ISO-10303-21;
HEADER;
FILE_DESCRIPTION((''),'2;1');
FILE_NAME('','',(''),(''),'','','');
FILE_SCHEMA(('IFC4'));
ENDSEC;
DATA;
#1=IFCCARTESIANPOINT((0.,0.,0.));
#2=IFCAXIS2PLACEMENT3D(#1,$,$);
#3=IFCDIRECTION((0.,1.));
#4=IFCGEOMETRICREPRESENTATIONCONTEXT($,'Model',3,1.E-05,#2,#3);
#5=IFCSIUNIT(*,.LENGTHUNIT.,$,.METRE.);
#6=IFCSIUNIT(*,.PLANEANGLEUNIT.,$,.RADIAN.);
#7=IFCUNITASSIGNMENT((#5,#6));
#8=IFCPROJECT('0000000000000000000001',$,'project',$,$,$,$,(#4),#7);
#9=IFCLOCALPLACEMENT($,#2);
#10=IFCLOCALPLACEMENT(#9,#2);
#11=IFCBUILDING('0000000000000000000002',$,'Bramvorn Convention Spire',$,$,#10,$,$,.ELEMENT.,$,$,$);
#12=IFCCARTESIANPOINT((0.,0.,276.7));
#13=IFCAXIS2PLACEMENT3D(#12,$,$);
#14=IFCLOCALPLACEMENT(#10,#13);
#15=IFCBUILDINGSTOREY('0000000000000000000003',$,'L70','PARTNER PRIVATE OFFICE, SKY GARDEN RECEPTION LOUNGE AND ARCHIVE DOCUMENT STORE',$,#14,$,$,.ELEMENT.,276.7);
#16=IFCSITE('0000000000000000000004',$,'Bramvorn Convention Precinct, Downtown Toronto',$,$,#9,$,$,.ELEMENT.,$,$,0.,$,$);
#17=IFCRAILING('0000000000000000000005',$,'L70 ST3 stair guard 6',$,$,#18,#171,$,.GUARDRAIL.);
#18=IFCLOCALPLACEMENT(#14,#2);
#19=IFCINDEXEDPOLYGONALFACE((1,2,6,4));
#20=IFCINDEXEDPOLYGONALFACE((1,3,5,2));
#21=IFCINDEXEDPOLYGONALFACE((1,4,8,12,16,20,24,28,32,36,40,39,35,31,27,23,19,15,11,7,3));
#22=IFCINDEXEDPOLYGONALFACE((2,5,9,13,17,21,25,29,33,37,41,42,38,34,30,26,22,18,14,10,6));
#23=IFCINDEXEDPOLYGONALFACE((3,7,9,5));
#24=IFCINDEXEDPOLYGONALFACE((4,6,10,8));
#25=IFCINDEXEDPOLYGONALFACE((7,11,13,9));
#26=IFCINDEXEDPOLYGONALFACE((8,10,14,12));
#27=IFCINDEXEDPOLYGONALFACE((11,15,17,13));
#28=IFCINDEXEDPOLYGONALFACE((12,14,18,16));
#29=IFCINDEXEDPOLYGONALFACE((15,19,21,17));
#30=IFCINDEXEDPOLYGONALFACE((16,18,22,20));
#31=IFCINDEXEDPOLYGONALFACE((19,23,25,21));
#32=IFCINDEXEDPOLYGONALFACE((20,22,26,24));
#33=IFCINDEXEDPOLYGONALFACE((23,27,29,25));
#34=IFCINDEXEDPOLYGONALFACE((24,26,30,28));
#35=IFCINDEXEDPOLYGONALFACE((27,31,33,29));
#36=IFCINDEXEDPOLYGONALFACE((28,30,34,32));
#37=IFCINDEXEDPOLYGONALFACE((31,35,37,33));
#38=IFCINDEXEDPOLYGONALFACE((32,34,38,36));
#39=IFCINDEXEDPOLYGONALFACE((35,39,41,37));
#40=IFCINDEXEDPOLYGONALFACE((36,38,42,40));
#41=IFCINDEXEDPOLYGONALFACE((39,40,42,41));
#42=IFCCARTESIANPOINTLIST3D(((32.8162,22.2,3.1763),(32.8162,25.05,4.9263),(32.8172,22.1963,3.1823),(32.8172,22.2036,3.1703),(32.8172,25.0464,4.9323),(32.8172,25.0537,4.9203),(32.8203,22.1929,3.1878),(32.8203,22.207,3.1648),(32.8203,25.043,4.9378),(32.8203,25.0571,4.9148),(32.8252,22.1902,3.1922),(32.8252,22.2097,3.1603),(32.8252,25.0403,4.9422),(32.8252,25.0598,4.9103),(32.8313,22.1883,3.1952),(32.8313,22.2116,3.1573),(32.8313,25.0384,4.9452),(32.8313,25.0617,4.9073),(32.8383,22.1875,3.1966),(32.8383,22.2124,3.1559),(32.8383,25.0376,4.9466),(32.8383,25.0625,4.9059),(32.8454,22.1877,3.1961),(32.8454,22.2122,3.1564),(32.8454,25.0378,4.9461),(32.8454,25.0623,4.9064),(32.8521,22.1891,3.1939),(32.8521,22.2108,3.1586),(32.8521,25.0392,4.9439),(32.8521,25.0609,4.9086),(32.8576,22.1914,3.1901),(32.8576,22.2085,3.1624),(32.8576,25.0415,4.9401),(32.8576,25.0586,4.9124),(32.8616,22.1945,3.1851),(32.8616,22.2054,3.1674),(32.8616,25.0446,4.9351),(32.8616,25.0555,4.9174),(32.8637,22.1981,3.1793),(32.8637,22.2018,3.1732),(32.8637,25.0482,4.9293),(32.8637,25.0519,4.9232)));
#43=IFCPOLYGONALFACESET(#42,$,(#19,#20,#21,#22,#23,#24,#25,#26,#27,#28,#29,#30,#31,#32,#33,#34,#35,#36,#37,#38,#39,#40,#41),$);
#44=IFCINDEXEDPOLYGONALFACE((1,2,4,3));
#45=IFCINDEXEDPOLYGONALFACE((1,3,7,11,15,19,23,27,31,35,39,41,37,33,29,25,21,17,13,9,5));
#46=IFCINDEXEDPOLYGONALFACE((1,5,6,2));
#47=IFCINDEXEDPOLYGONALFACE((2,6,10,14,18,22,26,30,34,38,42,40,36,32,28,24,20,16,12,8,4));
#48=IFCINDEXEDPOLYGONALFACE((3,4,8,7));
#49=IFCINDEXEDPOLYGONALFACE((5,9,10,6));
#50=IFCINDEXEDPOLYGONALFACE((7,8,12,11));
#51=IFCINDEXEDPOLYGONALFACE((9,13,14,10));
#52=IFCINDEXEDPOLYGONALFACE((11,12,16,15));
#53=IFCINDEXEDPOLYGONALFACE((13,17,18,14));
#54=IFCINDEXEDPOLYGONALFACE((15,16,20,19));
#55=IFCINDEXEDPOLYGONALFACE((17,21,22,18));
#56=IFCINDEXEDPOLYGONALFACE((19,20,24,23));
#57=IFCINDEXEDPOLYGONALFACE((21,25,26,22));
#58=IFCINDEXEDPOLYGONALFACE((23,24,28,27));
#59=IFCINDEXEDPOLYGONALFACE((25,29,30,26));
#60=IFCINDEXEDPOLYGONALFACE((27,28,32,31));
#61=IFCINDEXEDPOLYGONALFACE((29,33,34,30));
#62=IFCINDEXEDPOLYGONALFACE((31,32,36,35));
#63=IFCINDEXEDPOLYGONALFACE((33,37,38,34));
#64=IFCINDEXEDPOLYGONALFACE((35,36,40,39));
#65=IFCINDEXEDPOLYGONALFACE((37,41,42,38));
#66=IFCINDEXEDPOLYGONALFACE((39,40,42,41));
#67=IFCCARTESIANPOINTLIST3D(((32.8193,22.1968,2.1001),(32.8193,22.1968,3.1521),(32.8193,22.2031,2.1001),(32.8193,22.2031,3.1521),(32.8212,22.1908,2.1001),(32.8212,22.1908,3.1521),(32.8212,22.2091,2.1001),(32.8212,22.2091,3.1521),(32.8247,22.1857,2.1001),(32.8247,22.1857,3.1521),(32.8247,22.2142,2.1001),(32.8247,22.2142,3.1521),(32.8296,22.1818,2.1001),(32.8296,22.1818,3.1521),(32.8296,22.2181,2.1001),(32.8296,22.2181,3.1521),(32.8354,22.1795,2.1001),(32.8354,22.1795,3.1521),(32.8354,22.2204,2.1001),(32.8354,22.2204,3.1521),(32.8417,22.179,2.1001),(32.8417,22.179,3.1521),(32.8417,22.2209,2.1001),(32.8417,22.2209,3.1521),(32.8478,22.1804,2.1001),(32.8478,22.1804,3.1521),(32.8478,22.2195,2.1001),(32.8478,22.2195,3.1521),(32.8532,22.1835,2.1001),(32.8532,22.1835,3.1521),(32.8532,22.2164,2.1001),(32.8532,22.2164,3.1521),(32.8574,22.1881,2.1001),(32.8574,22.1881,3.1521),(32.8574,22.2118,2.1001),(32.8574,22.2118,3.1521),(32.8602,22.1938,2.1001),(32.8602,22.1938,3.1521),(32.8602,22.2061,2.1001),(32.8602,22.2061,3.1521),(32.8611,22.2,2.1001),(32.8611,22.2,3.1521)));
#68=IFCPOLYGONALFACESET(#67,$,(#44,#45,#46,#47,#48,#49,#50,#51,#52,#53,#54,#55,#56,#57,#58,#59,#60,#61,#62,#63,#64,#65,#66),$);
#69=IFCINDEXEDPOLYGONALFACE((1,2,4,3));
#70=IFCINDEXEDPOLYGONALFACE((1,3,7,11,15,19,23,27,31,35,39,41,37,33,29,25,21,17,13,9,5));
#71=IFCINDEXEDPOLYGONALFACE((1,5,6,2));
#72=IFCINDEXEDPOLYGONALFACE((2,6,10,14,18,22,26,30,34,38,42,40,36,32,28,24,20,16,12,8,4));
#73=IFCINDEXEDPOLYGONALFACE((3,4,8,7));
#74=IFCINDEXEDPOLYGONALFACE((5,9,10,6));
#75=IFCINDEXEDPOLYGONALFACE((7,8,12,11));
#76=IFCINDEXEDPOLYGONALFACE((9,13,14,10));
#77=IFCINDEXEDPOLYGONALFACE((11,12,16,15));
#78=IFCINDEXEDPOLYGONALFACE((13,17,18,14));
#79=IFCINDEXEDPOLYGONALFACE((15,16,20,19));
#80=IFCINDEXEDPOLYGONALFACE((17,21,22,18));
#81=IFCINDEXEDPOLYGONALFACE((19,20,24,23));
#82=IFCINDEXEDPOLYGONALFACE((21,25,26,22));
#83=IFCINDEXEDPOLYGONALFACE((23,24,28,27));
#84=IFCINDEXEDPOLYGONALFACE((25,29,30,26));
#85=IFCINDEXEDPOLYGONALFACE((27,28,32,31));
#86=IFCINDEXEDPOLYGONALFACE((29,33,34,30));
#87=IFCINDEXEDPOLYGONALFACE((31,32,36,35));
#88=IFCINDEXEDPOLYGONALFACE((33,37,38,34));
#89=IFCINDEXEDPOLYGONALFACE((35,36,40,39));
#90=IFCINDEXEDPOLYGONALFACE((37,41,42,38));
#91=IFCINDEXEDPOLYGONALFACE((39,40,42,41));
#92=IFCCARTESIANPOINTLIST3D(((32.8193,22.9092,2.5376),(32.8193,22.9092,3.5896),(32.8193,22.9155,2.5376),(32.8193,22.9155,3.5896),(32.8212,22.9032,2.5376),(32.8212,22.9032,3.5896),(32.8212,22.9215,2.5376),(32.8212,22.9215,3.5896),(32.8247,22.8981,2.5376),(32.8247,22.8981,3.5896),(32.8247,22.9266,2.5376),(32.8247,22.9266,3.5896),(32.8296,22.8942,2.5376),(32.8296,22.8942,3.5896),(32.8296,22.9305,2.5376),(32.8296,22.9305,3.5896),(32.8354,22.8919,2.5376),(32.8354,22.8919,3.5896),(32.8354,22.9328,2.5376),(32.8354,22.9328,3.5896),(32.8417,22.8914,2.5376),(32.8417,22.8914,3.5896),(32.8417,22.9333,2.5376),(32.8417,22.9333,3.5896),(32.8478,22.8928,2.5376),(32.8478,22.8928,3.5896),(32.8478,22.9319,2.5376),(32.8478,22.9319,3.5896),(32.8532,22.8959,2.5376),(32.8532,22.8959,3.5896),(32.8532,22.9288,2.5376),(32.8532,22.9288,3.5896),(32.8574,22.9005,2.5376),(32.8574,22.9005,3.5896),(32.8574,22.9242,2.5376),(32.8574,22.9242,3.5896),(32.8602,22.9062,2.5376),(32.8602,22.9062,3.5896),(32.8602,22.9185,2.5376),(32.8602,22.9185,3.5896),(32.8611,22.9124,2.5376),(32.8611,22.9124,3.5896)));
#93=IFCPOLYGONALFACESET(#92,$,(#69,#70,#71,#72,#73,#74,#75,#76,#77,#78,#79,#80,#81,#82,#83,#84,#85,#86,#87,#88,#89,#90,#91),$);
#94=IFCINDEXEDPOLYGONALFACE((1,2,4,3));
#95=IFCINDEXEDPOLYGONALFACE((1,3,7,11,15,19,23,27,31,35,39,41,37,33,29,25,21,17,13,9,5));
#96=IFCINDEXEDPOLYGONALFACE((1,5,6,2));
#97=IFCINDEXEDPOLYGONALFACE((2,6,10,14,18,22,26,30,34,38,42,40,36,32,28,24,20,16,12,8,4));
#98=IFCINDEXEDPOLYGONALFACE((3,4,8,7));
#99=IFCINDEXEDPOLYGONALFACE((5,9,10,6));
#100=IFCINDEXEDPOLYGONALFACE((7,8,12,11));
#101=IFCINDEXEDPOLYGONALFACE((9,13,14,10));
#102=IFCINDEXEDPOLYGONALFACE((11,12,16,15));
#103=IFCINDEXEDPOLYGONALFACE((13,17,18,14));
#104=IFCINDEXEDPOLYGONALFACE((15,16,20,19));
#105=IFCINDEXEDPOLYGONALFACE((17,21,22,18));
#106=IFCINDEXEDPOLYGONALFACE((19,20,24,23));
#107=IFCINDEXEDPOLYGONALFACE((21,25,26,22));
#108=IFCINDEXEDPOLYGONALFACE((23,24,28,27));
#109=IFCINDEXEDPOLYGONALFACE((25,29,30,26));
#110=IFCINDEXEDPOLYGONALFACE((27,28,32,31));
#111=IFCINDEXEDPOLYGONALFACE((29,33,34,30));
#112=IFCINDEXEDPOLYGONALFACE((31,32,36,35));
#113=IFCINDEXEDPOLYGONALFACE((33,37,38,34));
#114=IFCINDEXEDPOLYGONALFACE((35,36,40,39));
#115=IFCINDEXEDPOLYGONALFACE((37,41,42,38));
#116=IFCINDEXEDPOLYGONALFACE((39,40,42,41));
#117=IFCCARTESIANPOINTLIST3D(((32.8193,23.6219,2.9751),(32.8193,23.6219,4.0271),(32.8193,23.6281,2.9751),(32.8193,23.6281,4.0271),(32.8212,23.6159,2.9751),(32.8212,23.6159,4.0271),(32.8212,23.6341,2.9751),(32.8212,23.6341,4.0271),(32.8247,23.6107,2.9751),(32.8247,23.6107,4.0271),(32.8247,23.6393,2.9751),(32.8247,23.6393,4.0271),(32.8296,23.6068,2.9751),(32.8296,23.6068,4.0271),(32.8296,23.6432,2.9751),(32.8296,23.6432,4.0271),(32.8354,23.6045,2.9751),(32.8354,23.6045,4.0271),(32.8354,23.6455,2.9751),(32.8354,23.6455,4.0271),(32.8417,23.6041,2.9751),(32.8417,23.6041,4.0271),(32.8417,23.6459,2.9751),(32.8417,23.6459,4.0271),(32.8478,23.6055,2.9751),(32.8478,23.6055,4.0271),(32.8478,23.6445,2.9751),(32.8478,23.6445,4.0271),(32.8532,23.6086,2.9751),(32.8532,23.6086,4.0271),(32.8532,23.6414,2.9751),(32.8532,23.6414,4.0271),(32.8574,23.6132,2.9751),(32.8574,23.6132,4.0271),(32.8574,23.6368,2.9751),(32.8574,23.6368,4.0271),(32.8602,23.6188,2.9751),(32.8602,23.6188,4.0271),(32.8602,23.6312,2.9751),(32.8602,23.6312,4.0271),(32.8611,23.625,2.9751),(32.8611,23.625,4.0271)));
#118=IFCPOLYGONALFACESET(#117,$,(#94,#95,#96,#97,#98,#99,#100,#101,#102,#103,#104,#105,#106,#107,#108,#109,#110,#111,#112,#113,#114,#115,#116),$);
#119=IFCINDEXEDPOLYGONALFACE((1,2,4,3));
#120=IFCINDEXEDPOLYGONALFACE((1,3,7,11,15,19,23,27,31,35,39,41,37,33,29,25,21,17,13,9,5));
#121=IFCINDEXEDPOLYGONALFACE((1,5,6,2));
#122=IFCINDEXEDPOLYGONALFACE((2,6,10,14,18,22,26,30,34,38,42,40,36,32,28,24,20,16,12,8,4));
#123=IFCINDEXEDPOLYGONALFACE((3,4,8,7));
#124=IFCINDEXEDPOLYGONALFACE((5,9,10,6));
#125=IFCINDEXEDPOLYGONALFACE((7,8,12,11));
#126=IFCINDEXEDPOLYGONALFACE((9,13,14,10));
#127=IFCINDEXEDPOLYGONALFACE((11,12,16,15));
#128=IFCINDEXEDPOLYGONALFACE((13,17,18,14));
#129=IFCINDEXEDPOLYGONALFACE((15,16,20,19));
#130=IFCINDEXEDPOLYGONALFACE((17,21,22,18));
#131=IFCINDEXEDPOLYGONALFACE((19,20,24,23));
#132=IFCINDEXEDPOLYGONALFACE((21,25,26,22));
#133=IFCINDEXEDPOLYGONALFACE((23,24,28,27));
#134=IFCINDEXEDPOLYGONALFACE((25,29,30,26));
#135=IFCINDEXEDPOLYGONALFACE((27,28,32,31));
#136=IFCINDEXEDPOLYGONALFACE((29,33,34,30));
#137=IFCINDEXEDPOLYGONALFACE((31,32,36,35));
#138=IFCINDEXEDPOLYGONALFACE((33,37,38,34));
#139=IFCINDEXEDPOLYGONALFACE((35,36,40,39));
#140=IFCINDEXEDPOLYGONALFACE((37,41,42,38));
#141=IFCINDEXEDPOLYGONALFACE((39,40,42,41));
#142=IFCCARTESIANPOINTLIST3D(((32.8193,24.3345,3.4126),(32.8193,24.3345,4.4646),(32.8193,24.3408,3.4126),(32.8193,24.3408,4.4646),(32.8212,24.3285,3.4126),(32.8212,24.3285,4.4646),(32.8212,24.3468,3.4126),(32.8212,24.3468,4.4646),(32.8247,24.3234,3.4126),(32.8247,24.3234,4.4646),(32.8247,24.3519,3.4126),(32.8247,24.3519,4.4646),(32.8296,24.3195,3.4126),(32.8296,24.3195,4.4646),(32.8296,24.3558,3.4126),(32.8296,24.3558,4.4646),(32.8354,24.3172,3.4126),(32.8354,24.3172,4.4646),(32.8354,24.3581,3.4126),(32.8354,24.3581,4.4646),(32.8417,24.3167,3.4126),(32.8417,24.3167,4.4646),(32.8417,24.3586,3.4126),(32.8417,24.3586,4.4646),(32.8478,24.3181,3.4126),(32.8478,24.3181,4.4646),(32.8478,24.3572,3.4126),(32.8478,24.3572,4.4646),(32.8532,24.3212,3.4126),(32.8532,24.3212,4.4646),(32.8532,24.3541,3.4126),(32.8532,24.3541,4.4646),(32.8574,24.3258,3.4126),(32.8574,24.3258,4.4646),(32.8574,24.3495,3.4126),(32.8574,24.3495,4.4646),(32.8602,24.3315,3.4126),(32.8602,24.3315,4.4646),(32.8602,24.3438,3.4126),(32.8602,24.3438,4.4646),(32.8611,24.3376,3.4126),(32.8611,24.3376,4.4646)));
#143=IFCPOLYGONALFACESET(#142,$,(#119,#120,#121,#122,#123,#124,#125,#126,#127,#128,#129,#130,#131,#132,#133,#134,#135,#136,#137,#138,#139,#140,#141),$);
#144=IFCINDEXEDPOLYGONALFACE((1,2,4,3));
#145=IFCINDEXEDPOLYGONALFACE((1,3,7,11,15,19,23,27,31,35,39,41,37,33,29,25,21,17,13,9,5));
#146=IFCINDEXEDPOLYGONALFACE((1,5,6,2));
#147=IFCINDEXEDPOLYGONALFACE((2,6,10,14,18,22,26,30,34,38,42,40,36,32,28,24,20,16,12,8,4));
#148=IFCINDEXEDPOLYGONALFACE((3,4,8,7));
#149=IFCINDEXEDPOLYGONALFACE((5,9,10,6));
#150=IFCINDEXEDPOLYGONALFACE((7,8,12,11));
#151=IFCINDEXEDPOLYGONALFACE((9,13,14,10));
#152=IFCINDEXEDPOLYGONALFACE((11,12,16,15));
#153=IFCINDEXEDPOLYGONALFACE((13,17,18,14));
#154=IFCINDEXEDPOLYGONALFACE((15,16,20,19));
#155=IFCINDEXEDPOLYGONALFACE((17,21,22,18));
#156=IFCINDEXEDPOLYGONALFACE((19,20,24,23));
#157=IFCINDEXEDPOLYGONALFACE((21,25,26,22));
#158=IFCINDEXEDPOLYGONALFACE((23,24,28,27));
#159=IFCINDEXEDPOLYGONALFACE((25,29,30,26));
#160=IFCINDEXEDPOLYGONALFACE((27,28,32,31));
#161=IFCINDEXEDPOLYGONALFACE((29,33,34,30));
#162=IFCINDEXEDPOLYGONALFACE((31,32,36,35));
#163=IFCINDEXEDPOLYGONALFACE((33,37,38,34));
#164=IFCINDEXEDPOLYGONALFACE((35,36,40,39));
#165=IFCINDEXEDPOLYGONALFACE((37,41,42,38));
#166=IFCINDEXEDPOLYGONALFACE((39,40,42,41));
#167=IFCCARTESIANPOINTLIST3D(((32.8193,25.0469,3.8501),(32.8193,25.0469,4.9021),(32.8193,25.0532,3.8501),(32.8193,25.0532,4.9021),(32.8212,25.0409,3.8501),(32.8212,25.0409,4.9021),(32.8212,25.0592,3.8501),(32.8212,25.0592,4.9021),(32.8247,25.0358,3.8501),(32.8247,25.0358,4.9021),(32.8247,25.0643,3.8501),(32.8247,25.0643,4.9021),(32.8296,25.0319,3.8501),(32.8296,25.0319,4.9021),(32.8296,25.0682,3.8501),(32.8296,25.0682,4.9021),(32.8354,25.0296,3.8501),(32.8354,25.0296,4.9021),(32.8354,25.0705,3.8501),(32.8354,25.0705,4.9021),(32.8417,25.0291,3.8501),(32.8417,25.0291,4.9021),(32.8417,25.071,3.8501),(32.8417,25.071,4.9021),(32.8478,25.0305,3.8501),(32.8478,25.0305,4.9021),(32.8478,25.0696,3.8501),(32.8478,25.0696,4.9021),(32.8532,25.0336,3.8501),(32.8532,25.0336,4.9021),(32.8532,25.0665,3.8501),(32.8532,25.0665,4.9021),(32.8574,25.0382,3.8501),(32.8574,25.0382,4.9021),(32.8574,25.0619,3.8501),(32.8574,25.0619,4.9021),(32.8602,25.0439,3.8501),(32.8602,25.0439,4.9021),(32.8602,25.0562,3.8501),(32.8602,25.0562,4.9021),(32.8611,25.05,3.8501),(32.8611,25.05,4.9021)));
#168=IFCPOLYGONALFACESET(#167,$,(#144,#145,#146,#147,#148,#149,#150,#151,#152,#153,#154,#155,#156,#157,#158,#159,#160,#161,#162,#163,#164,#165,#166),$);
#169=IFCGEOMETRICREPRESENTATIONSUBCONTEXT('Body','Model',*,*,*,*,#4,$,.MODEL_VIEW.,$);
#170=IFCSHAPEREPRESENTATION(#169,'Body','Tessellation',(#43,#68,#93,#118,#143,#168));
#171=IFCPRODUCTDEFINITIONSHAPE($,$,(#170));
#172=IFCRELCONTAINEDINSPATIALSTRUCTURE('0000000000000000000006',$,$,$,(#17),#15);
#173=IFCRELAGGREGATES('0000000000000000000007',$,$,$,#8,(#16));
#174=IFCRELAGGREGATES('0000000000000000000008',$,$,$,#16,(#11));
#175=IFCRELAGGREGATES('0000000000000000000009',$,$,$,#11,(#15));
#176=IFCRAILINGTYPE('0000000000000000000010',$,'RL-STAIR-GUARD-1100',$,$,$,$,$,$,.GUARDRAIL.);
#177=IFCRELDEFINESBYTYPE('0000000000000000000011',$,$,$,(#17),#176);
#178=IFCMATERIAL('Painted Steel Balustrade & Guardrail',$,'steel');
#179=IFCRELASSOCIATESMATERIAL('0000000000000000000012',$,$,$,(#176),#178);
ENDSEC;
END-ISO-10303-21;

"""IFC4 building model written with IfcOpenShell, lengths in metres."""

from ifc_helpers import new_model, si_unit, direction, frame, origin, origin_2d, place, context, subcontext, project, spatial, circle, extrude, material, type_object, element, save


model = new_model("IFC4")

# Units and contexts
model_context = context("Model", 3, precision=1e-05, world=origin(), true_north=direction((0.0, 1.0)))
body_context = subcontext(model_context, "Body", "Model", "MODEL_VIEW")
ifc_project = project(units=[si_unit("LENGTHUNIT", "METRE"), si_unit("PLANEANGLEUNIT", "RADIAN")], contexts=[model_context])

# Site, building, storey
site_placement = place(None, origin())
site = spatial("IfcSite", under=ifc_project, at=site_placement, Name="Bramvorn Convention Precinct, Downtown Toronto", CompositionType="ELEMENT", RefElevation=0.0)
building_placement = place(site_placement, origin())
building = spatial("IfcBuilding", under=site, at=building_placement, Name="Bramvorn Convention Spire", CompositionType="ELEMENT")
storey_placement = place(building_placement, frame((0.0, 0.0, 276.7)))
storey = spatial("IfcBuildingStorey", under=building, at=storey_placement, Name="L70", Description="PARTNER PRIVATE OFFICE, SKY GARDEN RECEPTION LOUNGE AND ARCHIVE DOCUMENT STORE", CompositionType="ELEMENT", Elevation=276.7)

# Railing
ifc_material_1 = material(Name="Painted Steel Balustrade & Guardrail", Category="steel")
railing_type_1 = type_object("IfcRailingType", Name="RL-STAIR-GUARD-1100", PredefinedType="GUARDRAIL", material=ifc_material_1)
railing_1_placement = place(storey_placement, frame((32.8401, 22.2, 2.1001)))
element("IfcRailing", 1, at=railing_1_placement, inside=storey, type_object=railing_type_1, Name="L70 ST3 stair guard 6", PredefinedType="GUARDRAIL", context=body_context, shape_type="SweptSolid", body=[
    extrude(circle(Radius=0.0239, at=origin_2d()), frame((0.0, 0.0, 1.0762), z_axis=(0.0, 0.852179, 0.52325), x_axis=(-1.0, 0.0, 0.0)), (0.0, 0.0, 1.0), 3.3445),
    extrude(circle(Radius=0.021, at=origin_2d()), origin(), (0.0, 0.0, 1.0), 1.052),
    extrude(circle(Radius=0.021, at=origin_2d()), frame((0.0, 0.7124, 0.4375)), (0.0, 0.0, 1.0), 1.052),
    extrude(circle(Radius=0.021, at=origin_2d()), frame((0.0, 1.425, 0.875)), (0.0, 0.0, 1.0), 1.052),
    extrude(circle(Radius=0.021, at=origin_2d()), frame((0.0, 2.1377, 1.3125)), (0.0, 0.0, 1.0), 1.052),
    extrude(circle(Radius=0.021, at=origin_2d()), frame((0.0, 2.8501, 1.75)), (0.0, 0.0, 1.0), 1.052),
])

save(model, "model.ifc")
